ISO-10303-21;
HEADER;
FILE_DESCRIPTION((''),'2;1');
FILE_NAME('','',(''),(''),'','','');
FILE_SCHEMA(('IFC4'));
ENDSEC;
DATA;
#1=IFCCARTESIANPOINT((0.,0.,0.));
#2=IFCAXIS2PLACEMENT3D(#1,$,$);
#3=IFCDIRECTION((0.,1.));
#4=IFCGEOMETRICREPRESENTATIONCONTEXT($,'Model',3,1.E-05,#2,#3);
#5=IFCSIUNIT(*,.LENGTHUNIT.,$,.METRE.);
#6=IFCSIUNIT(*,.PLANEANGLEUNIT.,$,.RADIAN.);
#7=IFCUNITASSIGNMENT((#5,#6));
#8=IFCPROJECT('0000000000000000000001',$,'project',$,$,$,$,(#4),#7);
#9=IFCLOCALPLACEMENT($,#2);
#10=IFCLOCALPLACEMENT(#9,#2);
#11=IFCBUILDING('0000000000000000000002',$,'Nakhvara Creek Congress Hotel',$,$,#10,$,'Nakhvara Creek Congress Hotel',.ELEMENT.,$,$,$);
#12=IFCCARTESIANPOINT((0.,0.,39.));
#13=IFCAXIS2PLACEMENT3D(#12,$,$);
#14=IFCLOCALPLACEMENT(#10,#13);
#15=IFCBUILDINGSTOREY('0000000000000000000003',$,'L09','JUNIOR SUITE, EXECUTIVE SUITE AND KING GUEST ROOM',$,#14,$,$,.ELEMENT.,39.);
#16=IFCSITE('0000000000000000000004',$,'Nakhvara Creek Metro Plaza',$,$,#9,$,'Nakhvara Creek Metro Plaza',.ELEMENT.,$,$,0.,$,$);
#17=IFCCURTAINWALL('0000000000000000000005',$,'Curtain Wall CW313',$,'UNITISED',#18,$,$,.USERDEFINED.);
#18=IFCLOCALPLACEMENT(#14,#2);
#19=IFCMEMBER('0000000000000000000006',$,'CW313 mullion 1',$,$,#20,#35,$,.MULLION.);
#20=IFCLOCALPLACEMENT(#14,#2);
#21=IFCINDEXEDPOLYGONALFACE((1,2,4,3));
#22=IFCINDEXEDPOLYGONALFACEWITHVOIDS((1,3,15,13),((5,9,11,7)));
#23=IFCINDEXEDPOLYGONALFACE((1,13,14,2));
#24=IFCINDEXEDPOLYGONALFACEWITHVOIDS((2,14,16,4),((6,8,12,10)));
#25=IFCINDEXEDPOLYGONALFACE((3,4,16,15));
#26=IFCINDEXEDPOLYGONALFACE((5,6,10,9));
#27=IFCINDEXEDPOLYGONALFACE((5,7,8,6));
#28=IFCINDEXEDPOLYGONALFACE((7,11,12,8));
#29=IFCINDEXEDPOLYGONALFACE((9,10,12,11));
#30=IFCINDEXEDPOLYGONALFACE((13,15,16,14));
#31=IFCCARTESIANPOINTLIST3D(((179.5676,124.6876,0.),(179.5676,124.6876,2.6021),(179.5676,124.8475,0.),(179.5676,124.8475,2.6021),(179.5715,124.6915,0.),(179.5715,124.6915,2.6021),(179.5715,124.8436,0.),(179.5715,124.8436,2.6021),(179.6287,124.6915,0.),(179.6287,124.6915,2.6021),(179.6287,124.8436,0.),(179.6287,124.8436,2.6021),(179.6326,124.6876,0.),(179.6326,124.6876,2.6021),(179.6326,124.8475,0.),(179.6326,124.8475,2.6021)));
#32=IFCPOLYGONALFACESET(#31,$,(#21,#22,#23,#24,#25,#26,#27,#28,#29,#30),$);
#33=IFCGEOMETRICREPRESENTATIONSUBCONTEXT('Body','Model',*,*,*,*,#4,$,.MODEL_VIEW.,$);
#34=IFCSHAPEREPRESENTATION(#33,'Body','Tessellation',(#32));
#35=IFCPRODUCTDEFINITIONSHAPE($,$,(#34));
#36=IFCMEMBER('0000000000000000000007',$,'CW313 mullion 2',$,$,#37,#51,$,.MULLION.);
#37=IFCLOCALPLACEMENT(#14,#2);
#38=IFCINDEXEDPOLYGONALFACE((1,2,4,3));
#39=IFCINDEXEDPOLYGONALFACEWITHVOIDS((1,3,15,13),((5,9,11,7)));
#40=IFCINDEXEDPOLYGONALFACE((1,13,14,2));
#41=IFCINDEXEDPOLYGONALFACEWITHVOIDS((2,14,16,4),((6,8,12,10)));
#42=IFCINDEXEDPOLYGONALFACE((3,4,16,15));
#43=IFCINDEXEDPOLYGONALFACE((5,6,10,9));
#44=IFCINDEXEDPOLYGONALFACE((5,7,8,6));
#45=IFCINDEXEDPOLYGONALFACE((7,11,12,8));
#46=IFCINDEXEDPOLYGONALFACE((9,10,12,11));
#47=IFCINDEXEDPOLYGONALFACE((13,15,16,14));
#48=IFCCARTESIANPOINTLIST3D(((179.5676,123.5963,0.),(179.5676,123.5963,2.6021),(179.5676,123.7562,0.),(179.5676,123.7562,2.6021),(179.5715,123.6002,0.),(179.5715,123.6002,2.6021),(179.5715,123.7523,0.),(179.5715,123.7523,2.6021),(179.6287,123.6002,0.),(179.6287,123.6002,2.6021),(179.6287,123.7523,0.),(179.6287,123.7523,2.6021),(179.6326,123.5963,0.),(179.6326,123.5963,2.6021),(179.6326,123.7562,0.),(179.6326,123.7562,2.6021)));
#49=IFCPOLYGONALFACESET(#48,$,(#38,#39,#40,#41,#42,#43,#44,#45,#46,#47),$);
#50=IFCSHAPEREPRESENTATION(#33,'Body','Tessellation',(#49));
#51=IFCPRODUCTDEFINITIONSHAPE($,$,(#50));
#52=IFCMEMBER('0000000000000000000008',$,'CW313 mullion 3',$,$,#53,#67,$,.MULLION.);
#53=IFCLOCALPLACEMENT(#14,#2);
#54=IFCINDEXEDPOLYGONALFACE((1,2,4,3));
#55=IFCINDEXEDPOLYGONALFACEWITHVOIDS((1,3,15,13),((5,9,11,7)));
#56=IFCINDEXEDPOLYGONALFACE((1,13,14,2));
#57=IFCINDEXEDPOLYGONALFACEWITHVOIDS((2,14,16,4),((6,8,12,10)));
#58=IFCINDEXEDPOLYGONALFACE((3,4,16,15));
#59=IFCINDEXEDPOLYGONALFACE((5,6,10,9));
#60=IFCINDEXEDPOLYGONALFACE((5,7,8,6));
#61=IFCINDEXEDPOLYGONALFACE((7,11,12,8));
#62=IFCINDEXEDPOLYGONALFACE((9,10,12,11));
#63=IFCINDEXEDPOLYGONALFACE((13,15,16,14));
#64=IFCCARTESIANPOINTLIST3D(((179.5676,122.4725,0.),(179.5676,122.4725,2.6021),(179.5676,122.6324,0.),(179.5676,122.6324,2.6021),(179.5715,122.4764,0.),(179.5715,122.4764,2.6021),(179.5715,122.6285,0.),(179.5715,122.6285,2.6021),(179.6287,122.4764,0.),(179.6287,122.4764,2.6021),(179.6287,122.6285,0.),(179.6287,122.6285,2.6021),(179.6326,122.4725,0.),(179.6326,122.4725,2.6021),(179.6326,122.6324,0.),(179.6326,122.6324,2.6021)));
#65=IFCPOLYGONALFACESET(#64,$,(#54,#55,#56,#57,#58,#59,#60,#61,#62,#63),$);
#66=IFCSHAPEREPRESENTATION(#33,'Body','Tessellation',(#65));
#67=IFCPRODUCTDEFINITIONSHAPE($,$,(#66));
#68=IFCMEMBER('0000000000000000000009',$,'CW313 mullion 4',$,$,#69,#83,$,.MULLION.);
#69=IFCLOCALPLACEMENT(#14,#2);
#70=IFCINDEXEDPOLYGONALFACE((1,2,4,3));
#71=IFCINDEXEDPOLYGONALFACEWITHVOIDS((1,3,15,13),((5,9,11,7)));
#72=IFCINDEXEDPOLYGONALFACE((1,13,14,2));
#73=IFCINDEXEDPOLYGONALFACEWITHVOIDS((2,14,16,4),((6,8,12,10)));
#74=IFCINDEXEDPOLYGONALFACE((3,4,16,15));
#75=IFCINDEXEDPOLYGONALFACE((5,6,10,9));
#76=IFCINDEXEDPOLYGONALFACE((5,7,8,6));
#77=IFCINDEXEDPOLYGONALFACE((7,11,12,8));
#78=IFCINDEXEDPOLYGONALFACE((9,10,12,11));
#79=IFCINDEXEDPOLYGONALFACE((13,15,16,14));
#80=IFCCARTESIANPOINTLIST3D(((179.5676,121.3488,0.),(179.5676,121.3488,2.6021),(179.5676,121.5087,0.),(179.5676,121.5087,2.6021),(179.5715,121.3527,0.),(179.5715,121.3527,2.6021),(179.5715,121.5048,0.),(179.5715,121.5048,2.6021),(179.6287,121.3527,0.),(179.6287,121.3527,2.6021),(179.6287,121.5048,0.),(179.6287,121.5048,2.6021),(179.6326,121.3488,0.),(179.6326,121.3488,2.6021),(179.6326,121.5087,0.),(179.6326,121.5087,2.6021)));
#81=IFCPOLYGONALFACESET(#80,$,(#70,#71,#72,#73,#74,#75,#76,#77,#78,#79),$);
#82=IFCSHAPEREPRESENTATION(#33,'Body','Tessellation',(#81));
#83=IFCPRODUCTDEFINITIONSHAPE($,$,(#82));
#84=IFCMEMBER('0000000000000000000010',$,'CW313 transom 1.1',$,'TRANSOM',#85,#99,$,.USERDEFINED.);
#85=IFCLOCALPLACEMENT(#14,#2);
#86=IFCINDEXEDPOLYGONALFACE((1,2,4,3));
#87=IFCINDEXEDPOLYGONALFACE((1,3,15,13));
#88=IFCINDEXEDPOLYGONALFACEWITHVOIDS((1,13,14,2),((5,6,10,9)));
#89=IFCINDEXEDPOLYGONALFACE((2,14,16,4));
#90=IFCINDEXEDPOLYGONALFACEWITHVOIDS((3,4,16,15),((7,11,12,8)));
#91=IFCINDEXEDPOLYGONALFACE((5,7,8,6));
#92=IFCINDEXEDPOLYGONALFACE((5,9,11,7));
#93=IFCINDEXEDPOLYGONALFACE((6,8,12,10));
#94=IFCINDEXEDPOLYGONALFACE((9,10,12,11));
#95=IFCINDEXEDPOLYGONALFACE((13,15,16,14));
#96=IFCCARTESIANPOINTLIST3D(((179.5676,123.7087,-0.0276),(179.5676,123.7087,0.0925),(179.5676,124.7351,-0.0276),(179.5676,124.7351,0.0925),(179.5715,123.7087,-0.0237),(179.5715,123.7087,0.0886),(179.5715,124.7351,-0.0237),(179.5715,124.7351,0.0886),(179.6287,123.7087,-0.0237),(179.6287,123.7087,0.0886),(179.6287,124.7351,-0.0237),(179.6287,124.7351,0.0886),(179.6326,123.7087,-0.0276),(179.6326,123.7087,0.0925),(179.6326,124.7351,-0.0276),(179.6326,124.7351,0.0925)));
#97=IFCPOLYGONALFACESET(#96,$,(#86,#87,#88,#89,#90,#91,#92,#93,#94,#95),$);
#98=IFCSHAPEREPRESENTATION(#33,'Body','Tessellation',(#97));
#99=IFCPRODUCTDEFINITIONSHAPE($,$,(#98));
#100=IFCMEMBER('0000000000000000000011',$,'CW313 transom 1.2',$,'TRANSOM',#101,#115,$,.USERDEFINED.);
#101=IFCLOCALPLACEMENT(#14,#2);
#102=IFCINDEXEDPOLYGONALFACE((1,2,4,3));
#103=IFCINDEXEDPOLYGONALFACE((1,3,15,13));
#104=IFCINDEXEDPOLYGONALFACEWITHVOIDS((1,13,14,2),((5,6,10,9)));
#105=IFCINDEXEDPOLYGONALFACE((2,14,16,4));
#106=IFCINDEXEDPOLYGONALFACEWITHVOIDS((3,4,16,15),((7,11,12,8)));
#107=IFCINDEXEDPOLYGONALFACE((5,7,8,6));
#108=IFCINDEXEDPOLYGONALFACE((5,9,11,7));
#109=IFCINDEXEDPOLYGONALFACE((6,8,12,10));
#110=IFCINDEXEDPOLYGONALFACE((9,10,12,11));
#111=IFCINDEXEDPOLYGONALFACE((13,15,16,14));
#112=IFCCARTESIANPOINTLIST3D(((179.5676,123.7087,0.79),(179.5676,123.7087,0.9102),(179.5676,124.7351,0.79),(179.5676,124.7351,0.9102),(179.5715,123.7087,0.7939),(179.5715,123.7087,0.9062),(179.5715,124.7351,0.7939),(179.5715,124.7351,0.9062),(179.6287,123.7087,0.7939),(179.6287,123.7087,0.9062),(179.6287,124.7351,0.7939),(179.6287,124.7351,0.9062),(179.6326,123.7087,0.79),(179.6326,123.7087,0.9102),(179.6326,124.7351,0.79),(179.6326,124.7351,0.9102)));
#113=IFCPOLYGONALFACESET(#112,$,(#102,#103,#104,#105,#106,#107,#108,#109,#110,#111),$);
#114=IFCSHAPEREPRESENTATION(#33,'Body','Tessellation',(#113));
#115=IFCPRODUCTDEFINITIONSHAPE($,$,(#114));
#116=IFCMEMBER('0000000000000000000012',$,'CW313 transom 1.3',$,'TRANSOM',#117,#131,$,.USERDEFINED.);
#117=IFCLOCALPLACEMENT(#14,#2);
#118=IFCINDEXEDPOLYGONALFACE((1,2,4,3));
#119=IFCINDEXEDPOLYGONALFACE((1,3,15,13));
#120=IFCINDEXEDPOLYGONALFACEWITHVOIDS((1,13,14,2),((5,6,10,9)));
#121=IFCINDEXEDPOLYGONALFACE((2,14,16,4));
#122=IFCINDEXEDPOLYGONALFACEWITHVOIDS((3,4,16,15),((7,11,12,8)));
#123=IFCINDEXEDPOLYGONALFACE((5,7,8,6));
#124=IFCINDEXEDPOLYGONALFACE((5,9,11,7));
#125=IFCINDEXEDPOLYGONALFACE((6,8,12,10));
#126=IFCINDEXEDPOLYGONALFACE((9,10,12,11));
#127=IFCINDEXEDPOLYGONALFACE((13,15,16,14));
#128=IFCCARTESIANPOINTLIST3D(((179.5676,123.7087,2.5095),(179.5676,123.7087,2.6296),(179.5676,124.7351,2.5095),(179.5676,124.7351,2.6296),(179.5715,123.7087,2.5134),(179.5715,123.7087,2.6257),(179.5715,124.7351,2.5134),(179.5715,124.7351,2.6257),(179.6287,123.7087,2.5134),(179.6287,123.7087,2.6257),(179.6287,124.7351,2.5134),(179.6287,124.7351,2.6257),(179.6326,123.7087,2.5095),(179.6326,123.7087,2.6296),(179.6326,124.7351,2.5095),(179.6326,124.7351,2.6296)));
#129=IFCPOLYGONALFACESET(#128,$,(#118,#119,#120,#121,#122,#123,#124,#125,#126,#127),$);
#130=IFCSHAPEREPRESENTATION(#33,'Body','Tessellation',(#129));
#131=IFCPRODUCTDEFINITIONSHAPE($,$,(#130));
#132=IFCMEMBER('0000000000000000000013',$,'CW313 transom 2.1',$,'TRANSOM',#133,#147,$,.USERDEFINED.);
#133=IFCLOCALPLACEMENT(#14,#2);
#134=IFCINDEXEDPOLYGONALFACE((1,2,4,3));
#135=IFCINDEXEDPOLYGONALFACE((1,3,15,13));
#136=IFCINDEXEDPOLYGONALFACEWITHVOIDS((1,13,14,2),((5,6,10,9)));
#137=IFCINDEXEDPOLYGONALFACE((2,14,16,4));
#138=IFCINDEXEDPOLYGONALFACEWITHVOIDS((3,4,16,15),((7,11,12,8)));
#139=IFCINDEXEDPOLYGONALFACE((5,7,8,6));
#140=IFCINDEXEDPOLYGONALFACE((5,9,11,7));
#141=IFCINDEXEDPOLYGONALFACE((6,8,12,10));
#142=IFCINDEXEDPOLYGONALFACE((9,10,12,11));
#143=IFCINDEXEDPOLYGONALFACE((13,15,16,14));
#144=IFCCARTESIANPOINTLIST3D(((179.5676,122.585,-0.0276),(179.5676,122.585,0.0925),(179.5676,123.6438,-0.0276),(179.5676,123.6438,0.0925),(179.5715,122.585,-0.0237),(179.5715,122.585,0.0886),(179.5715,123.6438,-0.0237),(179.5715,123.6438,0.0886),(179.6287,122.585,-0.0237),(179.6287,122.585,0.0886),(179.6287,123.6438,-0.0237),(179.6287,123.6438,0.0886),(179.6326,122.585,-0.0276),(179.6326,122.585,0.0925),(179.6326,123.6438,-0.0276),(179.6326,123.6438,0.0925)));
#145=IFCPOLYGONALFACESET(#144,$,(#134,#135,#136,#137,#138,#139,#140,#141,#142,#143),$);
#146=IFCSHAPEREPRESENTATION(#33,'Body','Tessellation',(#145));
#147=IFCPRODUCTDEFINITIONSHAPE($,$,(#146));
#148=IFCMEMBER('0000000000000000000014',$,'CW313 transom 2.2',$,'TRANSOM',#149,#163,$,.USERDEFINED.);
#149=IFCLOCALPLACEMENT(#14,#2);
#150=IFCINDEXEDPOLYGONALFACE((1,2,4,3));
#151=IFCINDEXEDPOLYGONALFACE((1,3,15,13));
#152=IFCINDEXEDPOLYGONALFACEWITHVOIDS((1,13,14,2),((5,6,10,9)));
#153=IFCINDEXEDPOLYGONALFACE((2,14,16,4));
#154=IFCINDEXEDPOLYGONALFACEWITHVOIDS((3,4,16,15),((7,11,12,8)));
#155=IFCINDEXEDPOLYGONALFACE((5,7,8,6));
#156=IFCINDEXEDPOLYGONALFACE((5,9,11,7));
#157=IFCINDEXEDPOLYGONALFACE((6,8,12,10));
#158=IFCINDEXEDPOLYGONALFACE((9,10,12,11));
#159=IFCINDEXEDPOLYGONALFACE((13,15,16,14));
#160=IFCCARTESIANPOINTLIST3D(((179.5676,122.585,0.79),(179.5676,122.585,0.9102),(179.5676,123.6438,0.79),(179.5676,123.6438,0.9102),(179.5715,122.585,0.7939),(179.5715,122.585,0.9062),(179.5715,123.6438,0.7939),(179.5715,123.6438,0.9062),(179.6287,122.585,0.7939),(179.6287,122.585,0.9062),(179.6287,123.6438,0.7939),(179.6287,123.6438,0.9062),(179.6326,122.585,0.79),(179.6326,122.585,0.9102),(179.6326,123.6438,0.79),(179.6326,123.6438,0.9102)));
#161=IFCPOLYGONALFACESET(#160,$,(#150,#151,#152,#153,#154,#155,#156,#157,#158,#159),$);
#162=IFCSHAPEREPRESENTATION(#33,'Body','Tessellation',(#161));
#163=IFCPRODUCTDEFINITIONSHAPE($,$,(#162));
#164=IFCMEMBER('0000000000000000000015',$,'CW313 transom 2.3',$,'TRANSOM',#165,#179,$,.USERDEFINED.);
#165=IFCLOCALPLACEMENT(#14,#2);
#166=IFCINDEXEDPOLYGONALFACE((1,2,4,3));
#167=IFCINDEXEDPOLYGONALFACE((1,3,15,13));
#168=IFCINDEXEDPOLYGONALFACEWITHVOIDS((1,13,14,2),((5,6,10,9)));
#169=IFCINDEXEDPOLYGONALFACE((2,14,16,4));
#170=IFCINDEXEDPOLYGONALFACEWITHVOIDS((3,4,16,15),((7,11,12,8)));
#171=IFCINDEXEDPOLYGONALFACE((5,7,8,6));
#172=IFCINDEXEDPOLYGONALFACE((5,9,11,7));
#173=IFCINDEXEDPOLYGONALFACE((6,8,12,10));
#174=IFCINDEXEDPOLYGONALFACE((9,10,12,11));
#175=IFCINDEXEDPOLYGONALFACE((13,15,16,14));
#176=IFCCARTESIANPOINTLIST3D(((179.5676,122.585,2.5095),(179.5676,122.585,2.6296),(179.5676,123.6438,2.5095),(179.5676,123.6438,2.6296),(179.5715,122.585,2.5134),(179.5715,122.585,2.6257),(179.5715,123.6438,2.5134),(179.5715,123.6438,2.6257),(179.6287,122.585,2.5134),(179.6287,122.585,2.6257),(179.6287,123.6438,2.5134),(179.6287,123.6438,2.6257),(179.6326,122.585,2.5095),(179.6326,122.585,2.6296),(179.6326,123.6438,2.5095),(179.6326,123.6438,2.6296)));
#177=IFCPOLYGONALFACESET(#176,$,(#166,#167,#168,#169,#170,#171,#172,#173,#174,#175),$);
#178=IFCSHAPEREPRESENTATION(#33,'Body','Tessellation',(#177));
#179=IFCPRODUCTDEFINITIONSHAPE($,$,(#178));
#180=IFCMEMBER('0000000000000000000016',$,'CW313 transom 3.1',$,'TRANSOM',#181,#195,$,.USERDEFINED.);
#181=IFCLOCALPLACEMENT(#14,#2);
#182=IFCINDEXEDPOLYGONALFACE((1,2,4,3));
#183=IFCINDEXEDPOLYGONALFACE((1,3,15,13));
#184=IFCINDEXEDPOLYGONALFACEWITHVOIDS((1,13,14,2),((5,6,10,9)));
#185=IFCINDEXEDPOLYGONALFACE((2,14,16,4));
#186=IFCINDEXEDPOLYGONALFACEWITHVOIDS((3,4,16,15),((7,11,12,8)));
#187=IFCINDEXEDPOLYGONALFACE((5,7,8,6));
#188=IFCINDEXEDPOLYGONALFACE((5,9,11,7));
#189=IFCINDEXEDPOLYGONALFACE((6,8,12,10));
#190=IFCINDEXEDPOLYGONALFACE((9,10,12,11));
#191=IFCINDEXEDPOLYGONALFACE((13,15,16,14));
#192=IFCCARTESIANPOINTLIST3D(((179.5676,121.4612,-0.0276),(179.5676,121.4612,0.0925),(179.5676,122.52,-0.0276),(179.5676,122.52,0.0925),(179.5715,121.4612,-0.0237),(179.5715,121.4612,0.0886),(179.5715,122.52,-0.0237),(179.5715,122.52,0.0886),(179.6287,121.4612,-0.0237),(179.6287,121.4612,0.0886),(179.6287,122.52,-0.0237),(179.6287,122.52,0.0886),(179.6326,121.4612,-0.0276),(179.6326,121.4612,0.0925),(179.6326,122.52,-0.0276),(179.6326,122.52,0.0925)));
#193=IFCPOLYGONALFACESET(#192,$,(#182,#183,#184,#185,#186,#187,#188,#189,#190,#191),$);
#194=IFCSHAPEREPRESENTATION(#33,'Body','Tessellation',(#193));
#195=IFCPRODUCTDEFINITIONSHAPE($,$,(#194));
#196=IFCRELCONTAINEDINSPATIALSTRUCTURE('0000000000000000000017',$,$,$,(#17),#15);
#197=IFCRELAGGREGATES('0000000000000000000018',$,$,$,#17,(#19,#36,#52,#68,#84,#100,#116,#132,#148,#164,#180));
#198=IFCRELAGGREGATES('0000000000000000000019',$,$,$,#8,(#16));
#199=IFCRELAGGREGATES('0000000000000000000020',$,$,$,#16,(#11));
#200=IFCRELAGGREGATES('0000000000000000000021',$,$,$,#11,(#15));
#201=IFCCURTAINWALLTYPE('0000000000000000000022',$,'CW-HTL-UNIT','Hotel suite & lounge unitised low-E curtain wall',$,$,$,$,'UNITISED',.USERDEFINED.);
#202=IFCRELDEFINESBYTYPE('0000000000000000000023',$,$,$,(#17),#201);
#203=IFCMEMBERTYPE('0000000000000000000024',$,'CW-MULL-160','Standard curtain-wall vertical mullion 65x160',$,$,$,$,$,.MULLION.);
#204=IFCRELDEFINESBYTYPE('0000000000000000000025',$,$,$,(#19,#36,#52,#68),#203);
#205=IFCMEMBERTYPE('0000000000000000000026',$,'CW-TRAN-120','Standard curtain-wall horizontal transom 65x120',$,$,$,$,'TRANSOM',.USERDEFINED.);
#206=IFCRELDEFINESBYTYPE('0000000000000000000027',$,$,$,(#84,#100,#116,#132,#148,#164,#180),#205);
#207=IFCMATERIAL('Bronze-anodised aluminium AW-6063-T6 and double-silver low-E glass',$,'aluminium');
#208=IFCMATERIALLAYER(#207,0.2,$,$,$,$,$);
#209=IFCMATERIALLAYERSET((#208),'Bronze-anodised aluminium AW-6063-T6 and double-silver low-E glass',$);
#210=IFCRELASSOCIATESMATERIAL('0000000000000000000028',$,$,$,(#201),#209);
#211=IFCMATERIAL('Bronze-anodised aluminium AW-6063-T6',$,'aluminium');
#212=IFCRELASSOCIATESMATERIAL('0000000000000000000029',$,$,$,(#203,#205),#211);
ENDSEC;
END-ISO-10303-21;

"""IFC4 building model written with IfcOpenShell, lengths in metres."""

from ifc_helpers import new_model, si_unit, direction, frame, origin, origin_2d, place, context, subcontext, project, spatial, hollow_rectangle, extrude, material, layer, layer_set, material_profile, profile_set, type_object, element, aggregate, save


model = new_model("IFC4")

# Units and contexts
model_context = context("Model", 3, precision=1e-05, world=origin(), true_north=direction((0.0, 1.0)))
body_context = subcontext(model_context, "Body", "Model", "MODEL_VIEW")
ifc_project = project(units=[si_unit("LENGTHUNIT", "METRE"), si_unit("PLANEANGLEUNIT", "RADIAN")], contexts=[model_context])

# Site, building, storey
site_placement = place(None, origin())
site = spatial("IfcSite", under=ifc_project, at=site_placement, Name="Nakhvara Creek Metro Plaza", LongName="Nakhvara Creek Metro Plaza", CompositionType="ELEMENT", RefElevation=0.0)
building_placement = place(site_placement, origin())
building = spatial("IfcBuilding", under=site, at=building_placement, Name="Nakhvara Creek Congress Hotel", LongName="Nakhvara Creek Congress Hotel", CompositionType="ELEMENT")
storey_placement = place(building_placement, frame((0.0, 0.0, 39.0)))
storey = spatial("IfcBuildingStorey", under=building, at=storey_placement, Name="L09", Description="JUNIOR SUITE, EXECUTIVE SUITE AND KING GUEST ROOM", CompositionType="ELEMENT", Elevation=39.0)

# Curtain wall, members
ifc_material_1 = material(Name="Bronze-anodised aluminium AW-6063-T6 and double-silver low-E glass", Category="aluminium")
ifc_layer_1 = layer(ifc_material_1, 0.2)
ifc_layer_set_1 = layer_set([ifc_layer_1], Name="Bronze-anodised aluminium AW-6063-T6 and double-silver low-E glass")
curtain_wall_type = type_object("IfcCurtainWallType", Name="CW-HTL-UNIT", Description="Hotel suite & lounge unitised low-E curtain wall", ElementType="UNITISED", PredefinedType="USERDEFINED", material=ifc_layer_set_1)
curtain_wall_placement = place(storey_placement, origin())
curtain_wall = element("IfcCurtainWall", 1, at=curtain_wall_placement, inside=storey, type_object=curtain_wall_type, Name="Curtain Wall CW313", ObjectType="UNITISED", PredefinedType="USERDEFINED")
ifc_material_2 = material(Name="Bronze-anodised aluminium AW-6063-T6", Category="aluminium")
ifc_material_profile_1 = material_profile(ifc_material_2, hollow_rectangle(XDim=0.0649, YDim=0.1599, WallThickness=0.0039, at=origin_2d()), Name="ALU-MULL 65x160x4", Category="LoadBearing")
ifc_profile_set_1 = profile_set([ifc_material_profile_1], Name="Bronze-anodised aluminium AW-6063-T6")
member_type_1 = type_object("IfcMemberType", Name="CW-MULL-160", Description="Standard curtain-wall vertical mullion 65x160", PredefinedType="MULLION", material=ifc_profile_set_1)
member_1_placement = place(storey_placement, frame((179.6001, 124.7676, 0.0), z_axis=(0.0, 0.0, 1.0), x_axis=(1.0, 0.0, 0.0)))
member_1 = element("IfcMember", 2, at=member_1_placement, type_object=member_type_1, Name="CW313 mullion 1", PredefinedType="MULLION", context=body_context, shape_type="SweptSolid", body=[
    extrude(hollow_rectangle(XDim=0.0649, YDim=0.1599, WallThickness=0.0039, at=origin_2d()), origin(), (0.0, 0.0, 1.0), 2.6021),
])
member_2_placement = place(storey_placement, frame((179.6001, 123.6763, 0.0), z_axis=(0.0, 0.0, 1.0), x_axis=(1.0, 0.0, 0.0)))
member_2 = element("IfcMember", 3, at=member_2_placement, type_object=member_type_1, Name="CW313 mullion 2", PredefinedType="MULLION", context=body_context, shape_type="SweptSolid", body=[
    extrude(hollow_rectangle(XDim=0.0649, YDim=0.1599, WallThickness=0.0039, at=origin_2d()), origin(), (0.0, 0.0, 1.0), 2.6021),
])
member_3_placement = place(storey_placement, frame((179.6001, 122.5525, 0.0), z_axis=(0.0, 0.0, 1.0), x_axis=(1.0, 0.0, 0.0)))
member_3 = element("IfcMember", 4, at=member_3_placement, type_object=member_type_1, Name="CW313 mullion 3", PredefinedType="MULLION", context=body_context, shape_type="SweptSolid", body=[
    extrude(hollow_rectangle(XDim=0.0649, YDim=0.1599, WallThickness=0.0039, at=origin_2d()), origin(), (0.0, 0.0, 1.0), 2.6021),
])
member_4_placement = place(storey_placement, frame((179.6001, 121.4287, 0.0), z_axis=(0.0, 0.0, 1.0), x_axis=(1.0, 0.0, 0.0)))
member_4 = element("IfcMember", 5, at=member_4_placement, type_object=member_type_1, Name="CW313 mullion 4", PredefinedType="MULLION", context=body_context, shape_type="SweptSolid", body=[
    extrude(hollow_rectangle(XDim=0.0649, YDim=0.1599, WallThickness=0.0039, at=origin_2d()), origin(), (0.0, 0.0, 1.0), 2.6021),
])
ifc_material_profile_2 = material_profile(ifc_material_2, hollow_rectangle(XDim=0.0649, YDim=0.1201, WallThickness=0.0039, at=origin_2d()), Name="ALU-TRAN 65x120x4", Category="LoadBearing")
ifc_profile_set_2 = profile_set([ifc_material_profile_2], Name="Bronze-anodised aluminium AW-6063-T6")
member_type_2 = type_object("IfcMemberType", Name="CW-TRAN-120", Description="Standard curtain-wall horizontal transom 65x120", ElementType="TRANSOM", PredefinedType="USERDEFINED", material=ifc_profile_set_2)
member_5_placement = place(storey_placement, frame((179.6001, 124.7351, 0.0325), z_axis=(0.0, -1.0, 0.0), x_axis=(1.0, 0.0, 0.0)))
member_5 = element("IfcMember", 6, at=member_5_placement, type_object=member_type_2, Name="CW313 transom 1.1", ObjectType="TRANSOM", PredefinedType="USERDEFINED", context=body_context, shape_type="SweptSolid", body=[
    extrude(hollow_rectangle(XDim=0.0649, YDim=0.1201, WallThickness=0.0039, at=origin_2d()), origin(), (0.0, 0.0, 1.0), 1.0264),
])
member_6_placement = place(storey_placement, frame((179.6001, 124.7351, 0.8501), z_axis=(0.0, -1.0, 0.0), x_axis=(1.0, 0.0, 0.0)))
member_6 = element("IfcMember", 7, at=member_6_placement, type_object=member_type_2, Name="CW313 transom 1.2", ObjectType="TRANSOM", PredefinedType="USERDEFINED", context=body_context, shape_type="SweptSolid", body=[
    extrude(hollow_rectangle(XDim=0.0649, YDim=0.1201, WallThickness=0.0039, at=origin_2d()), origin(), (0.0, 0.0, 1.0), 1.0264),
])
member_7_placement = place(storey_placement, frame((179.6001, 124.7351, 2.5696), z_axis=(0.0, -1.0, 0.0), x_axis=(1.0, 0.0, 0.0)))
member_7 = element("IfcMember", 8, at=member_7_placement, type_object=member_type_2, Name="CW313 transom 1.3", ObjectType="TRANSOM", PredefinedType="USERDEFINED", context=body_context, shape_type="SweptSolid", body=[
    extrude(hollow_rectangle(XDim=0.0649, YDim=0.1201, WallThickness=0.0039, at=origin_2d()), origin(), (0.0, 0.0, 1.0), 1.0264),
])
member_8_placement = place(storey_placement, frame((179.6001, 123.6438, 0.0325), z_axis=(0.0, -1.0, 0.0), x_axis=(1.0, 0.0, 0.0)))
member_8 = element("IfcMember", 9, at=member_8_placement, type_object=member_type_2, Name="CW313 transom 2.1", ObjectType="TRANSOM", PredefinedType="USERDEFINED", context=body_context, shape_type="SweptSolid", body=[
    extrude(hollow_rectangle(XDim=0.0649, YDim=0.1201, WallThickness=0.0039, at=origin_2d()), origin(), (0.0, 0.0, 1.0), 1.0588),
])
member_9_placement = place(storey_placement, frame((179.6001, 123.6438, 0.8501), z_axis=(0.0, -1.0, 0.0), x_axis=(1.0, 0.0, 0.0)))
member_9 = element("IfcMember", 10, at=member_9_placement, type_object=member_type_2, Name="CW313 transom 2.2", ObjectType="TRANSOM", PredefinedType="USERDEFINED", context=body_context, shape_type="SweptSolid", body=[
    extrude(hollow_rectangle(XDim=0.0649, YDim=0.1201, WallThickness=0.0039, at=origin_2d()), origin(), (0.0, 0.0, 1.0), 1.0588),
])
member_10_placement = place(storey_placement, frame((179.6001, 123.6438, 2.5696), z_axis=(0.0, -1.0, 0.0), x_axis=(1.0, 0.0, 0.0)))
member_10 = element("IfcMember", 11, at=member_10_placement, type_object=member_type_2, Name="CW313 transom 2.3", ObjectType="TRANSOM", PredefinedType="USERDEFINED", context=body_context, shape_type="SweptSolid", body=[
    extrude(hollow_rectangle(XDim=0.0649, YDim=0.1201, WallThickness=0.0039, at=origin_2d()), origin(), (0.0, 0.0, 1.0), 1.0588),
])
member_11_placement = place(storey_placement, frame((179.6001, 122.52, 0.0325), z_axis=(0.0, -1.0, 0.0), x_axis=(1.0, 0.0, 0.0)))
member_11 = element("IfcMember", 12, at=member_11_placement, type_object=member_type_2, Name="CW313 transom 3.1", ObjectType="TRANSOM", PredefinedType="USERDEFINED", context=body_context, shape_type="SweptSolid", body=[
    extrude(hollow_rectangle(XDim=0.0649, YDim=0.1201, WallThickness=0.0039, at=origin_2d()), origin(), (0.0, 0.0, 1.0), 1.0588),
])
aggregate(curtain_wall, [member_1, member_2, member_3, member_4, member_5, member_6, member_7, member_8, member_9, member_10, member_11])

save(model, "model.ifc")
